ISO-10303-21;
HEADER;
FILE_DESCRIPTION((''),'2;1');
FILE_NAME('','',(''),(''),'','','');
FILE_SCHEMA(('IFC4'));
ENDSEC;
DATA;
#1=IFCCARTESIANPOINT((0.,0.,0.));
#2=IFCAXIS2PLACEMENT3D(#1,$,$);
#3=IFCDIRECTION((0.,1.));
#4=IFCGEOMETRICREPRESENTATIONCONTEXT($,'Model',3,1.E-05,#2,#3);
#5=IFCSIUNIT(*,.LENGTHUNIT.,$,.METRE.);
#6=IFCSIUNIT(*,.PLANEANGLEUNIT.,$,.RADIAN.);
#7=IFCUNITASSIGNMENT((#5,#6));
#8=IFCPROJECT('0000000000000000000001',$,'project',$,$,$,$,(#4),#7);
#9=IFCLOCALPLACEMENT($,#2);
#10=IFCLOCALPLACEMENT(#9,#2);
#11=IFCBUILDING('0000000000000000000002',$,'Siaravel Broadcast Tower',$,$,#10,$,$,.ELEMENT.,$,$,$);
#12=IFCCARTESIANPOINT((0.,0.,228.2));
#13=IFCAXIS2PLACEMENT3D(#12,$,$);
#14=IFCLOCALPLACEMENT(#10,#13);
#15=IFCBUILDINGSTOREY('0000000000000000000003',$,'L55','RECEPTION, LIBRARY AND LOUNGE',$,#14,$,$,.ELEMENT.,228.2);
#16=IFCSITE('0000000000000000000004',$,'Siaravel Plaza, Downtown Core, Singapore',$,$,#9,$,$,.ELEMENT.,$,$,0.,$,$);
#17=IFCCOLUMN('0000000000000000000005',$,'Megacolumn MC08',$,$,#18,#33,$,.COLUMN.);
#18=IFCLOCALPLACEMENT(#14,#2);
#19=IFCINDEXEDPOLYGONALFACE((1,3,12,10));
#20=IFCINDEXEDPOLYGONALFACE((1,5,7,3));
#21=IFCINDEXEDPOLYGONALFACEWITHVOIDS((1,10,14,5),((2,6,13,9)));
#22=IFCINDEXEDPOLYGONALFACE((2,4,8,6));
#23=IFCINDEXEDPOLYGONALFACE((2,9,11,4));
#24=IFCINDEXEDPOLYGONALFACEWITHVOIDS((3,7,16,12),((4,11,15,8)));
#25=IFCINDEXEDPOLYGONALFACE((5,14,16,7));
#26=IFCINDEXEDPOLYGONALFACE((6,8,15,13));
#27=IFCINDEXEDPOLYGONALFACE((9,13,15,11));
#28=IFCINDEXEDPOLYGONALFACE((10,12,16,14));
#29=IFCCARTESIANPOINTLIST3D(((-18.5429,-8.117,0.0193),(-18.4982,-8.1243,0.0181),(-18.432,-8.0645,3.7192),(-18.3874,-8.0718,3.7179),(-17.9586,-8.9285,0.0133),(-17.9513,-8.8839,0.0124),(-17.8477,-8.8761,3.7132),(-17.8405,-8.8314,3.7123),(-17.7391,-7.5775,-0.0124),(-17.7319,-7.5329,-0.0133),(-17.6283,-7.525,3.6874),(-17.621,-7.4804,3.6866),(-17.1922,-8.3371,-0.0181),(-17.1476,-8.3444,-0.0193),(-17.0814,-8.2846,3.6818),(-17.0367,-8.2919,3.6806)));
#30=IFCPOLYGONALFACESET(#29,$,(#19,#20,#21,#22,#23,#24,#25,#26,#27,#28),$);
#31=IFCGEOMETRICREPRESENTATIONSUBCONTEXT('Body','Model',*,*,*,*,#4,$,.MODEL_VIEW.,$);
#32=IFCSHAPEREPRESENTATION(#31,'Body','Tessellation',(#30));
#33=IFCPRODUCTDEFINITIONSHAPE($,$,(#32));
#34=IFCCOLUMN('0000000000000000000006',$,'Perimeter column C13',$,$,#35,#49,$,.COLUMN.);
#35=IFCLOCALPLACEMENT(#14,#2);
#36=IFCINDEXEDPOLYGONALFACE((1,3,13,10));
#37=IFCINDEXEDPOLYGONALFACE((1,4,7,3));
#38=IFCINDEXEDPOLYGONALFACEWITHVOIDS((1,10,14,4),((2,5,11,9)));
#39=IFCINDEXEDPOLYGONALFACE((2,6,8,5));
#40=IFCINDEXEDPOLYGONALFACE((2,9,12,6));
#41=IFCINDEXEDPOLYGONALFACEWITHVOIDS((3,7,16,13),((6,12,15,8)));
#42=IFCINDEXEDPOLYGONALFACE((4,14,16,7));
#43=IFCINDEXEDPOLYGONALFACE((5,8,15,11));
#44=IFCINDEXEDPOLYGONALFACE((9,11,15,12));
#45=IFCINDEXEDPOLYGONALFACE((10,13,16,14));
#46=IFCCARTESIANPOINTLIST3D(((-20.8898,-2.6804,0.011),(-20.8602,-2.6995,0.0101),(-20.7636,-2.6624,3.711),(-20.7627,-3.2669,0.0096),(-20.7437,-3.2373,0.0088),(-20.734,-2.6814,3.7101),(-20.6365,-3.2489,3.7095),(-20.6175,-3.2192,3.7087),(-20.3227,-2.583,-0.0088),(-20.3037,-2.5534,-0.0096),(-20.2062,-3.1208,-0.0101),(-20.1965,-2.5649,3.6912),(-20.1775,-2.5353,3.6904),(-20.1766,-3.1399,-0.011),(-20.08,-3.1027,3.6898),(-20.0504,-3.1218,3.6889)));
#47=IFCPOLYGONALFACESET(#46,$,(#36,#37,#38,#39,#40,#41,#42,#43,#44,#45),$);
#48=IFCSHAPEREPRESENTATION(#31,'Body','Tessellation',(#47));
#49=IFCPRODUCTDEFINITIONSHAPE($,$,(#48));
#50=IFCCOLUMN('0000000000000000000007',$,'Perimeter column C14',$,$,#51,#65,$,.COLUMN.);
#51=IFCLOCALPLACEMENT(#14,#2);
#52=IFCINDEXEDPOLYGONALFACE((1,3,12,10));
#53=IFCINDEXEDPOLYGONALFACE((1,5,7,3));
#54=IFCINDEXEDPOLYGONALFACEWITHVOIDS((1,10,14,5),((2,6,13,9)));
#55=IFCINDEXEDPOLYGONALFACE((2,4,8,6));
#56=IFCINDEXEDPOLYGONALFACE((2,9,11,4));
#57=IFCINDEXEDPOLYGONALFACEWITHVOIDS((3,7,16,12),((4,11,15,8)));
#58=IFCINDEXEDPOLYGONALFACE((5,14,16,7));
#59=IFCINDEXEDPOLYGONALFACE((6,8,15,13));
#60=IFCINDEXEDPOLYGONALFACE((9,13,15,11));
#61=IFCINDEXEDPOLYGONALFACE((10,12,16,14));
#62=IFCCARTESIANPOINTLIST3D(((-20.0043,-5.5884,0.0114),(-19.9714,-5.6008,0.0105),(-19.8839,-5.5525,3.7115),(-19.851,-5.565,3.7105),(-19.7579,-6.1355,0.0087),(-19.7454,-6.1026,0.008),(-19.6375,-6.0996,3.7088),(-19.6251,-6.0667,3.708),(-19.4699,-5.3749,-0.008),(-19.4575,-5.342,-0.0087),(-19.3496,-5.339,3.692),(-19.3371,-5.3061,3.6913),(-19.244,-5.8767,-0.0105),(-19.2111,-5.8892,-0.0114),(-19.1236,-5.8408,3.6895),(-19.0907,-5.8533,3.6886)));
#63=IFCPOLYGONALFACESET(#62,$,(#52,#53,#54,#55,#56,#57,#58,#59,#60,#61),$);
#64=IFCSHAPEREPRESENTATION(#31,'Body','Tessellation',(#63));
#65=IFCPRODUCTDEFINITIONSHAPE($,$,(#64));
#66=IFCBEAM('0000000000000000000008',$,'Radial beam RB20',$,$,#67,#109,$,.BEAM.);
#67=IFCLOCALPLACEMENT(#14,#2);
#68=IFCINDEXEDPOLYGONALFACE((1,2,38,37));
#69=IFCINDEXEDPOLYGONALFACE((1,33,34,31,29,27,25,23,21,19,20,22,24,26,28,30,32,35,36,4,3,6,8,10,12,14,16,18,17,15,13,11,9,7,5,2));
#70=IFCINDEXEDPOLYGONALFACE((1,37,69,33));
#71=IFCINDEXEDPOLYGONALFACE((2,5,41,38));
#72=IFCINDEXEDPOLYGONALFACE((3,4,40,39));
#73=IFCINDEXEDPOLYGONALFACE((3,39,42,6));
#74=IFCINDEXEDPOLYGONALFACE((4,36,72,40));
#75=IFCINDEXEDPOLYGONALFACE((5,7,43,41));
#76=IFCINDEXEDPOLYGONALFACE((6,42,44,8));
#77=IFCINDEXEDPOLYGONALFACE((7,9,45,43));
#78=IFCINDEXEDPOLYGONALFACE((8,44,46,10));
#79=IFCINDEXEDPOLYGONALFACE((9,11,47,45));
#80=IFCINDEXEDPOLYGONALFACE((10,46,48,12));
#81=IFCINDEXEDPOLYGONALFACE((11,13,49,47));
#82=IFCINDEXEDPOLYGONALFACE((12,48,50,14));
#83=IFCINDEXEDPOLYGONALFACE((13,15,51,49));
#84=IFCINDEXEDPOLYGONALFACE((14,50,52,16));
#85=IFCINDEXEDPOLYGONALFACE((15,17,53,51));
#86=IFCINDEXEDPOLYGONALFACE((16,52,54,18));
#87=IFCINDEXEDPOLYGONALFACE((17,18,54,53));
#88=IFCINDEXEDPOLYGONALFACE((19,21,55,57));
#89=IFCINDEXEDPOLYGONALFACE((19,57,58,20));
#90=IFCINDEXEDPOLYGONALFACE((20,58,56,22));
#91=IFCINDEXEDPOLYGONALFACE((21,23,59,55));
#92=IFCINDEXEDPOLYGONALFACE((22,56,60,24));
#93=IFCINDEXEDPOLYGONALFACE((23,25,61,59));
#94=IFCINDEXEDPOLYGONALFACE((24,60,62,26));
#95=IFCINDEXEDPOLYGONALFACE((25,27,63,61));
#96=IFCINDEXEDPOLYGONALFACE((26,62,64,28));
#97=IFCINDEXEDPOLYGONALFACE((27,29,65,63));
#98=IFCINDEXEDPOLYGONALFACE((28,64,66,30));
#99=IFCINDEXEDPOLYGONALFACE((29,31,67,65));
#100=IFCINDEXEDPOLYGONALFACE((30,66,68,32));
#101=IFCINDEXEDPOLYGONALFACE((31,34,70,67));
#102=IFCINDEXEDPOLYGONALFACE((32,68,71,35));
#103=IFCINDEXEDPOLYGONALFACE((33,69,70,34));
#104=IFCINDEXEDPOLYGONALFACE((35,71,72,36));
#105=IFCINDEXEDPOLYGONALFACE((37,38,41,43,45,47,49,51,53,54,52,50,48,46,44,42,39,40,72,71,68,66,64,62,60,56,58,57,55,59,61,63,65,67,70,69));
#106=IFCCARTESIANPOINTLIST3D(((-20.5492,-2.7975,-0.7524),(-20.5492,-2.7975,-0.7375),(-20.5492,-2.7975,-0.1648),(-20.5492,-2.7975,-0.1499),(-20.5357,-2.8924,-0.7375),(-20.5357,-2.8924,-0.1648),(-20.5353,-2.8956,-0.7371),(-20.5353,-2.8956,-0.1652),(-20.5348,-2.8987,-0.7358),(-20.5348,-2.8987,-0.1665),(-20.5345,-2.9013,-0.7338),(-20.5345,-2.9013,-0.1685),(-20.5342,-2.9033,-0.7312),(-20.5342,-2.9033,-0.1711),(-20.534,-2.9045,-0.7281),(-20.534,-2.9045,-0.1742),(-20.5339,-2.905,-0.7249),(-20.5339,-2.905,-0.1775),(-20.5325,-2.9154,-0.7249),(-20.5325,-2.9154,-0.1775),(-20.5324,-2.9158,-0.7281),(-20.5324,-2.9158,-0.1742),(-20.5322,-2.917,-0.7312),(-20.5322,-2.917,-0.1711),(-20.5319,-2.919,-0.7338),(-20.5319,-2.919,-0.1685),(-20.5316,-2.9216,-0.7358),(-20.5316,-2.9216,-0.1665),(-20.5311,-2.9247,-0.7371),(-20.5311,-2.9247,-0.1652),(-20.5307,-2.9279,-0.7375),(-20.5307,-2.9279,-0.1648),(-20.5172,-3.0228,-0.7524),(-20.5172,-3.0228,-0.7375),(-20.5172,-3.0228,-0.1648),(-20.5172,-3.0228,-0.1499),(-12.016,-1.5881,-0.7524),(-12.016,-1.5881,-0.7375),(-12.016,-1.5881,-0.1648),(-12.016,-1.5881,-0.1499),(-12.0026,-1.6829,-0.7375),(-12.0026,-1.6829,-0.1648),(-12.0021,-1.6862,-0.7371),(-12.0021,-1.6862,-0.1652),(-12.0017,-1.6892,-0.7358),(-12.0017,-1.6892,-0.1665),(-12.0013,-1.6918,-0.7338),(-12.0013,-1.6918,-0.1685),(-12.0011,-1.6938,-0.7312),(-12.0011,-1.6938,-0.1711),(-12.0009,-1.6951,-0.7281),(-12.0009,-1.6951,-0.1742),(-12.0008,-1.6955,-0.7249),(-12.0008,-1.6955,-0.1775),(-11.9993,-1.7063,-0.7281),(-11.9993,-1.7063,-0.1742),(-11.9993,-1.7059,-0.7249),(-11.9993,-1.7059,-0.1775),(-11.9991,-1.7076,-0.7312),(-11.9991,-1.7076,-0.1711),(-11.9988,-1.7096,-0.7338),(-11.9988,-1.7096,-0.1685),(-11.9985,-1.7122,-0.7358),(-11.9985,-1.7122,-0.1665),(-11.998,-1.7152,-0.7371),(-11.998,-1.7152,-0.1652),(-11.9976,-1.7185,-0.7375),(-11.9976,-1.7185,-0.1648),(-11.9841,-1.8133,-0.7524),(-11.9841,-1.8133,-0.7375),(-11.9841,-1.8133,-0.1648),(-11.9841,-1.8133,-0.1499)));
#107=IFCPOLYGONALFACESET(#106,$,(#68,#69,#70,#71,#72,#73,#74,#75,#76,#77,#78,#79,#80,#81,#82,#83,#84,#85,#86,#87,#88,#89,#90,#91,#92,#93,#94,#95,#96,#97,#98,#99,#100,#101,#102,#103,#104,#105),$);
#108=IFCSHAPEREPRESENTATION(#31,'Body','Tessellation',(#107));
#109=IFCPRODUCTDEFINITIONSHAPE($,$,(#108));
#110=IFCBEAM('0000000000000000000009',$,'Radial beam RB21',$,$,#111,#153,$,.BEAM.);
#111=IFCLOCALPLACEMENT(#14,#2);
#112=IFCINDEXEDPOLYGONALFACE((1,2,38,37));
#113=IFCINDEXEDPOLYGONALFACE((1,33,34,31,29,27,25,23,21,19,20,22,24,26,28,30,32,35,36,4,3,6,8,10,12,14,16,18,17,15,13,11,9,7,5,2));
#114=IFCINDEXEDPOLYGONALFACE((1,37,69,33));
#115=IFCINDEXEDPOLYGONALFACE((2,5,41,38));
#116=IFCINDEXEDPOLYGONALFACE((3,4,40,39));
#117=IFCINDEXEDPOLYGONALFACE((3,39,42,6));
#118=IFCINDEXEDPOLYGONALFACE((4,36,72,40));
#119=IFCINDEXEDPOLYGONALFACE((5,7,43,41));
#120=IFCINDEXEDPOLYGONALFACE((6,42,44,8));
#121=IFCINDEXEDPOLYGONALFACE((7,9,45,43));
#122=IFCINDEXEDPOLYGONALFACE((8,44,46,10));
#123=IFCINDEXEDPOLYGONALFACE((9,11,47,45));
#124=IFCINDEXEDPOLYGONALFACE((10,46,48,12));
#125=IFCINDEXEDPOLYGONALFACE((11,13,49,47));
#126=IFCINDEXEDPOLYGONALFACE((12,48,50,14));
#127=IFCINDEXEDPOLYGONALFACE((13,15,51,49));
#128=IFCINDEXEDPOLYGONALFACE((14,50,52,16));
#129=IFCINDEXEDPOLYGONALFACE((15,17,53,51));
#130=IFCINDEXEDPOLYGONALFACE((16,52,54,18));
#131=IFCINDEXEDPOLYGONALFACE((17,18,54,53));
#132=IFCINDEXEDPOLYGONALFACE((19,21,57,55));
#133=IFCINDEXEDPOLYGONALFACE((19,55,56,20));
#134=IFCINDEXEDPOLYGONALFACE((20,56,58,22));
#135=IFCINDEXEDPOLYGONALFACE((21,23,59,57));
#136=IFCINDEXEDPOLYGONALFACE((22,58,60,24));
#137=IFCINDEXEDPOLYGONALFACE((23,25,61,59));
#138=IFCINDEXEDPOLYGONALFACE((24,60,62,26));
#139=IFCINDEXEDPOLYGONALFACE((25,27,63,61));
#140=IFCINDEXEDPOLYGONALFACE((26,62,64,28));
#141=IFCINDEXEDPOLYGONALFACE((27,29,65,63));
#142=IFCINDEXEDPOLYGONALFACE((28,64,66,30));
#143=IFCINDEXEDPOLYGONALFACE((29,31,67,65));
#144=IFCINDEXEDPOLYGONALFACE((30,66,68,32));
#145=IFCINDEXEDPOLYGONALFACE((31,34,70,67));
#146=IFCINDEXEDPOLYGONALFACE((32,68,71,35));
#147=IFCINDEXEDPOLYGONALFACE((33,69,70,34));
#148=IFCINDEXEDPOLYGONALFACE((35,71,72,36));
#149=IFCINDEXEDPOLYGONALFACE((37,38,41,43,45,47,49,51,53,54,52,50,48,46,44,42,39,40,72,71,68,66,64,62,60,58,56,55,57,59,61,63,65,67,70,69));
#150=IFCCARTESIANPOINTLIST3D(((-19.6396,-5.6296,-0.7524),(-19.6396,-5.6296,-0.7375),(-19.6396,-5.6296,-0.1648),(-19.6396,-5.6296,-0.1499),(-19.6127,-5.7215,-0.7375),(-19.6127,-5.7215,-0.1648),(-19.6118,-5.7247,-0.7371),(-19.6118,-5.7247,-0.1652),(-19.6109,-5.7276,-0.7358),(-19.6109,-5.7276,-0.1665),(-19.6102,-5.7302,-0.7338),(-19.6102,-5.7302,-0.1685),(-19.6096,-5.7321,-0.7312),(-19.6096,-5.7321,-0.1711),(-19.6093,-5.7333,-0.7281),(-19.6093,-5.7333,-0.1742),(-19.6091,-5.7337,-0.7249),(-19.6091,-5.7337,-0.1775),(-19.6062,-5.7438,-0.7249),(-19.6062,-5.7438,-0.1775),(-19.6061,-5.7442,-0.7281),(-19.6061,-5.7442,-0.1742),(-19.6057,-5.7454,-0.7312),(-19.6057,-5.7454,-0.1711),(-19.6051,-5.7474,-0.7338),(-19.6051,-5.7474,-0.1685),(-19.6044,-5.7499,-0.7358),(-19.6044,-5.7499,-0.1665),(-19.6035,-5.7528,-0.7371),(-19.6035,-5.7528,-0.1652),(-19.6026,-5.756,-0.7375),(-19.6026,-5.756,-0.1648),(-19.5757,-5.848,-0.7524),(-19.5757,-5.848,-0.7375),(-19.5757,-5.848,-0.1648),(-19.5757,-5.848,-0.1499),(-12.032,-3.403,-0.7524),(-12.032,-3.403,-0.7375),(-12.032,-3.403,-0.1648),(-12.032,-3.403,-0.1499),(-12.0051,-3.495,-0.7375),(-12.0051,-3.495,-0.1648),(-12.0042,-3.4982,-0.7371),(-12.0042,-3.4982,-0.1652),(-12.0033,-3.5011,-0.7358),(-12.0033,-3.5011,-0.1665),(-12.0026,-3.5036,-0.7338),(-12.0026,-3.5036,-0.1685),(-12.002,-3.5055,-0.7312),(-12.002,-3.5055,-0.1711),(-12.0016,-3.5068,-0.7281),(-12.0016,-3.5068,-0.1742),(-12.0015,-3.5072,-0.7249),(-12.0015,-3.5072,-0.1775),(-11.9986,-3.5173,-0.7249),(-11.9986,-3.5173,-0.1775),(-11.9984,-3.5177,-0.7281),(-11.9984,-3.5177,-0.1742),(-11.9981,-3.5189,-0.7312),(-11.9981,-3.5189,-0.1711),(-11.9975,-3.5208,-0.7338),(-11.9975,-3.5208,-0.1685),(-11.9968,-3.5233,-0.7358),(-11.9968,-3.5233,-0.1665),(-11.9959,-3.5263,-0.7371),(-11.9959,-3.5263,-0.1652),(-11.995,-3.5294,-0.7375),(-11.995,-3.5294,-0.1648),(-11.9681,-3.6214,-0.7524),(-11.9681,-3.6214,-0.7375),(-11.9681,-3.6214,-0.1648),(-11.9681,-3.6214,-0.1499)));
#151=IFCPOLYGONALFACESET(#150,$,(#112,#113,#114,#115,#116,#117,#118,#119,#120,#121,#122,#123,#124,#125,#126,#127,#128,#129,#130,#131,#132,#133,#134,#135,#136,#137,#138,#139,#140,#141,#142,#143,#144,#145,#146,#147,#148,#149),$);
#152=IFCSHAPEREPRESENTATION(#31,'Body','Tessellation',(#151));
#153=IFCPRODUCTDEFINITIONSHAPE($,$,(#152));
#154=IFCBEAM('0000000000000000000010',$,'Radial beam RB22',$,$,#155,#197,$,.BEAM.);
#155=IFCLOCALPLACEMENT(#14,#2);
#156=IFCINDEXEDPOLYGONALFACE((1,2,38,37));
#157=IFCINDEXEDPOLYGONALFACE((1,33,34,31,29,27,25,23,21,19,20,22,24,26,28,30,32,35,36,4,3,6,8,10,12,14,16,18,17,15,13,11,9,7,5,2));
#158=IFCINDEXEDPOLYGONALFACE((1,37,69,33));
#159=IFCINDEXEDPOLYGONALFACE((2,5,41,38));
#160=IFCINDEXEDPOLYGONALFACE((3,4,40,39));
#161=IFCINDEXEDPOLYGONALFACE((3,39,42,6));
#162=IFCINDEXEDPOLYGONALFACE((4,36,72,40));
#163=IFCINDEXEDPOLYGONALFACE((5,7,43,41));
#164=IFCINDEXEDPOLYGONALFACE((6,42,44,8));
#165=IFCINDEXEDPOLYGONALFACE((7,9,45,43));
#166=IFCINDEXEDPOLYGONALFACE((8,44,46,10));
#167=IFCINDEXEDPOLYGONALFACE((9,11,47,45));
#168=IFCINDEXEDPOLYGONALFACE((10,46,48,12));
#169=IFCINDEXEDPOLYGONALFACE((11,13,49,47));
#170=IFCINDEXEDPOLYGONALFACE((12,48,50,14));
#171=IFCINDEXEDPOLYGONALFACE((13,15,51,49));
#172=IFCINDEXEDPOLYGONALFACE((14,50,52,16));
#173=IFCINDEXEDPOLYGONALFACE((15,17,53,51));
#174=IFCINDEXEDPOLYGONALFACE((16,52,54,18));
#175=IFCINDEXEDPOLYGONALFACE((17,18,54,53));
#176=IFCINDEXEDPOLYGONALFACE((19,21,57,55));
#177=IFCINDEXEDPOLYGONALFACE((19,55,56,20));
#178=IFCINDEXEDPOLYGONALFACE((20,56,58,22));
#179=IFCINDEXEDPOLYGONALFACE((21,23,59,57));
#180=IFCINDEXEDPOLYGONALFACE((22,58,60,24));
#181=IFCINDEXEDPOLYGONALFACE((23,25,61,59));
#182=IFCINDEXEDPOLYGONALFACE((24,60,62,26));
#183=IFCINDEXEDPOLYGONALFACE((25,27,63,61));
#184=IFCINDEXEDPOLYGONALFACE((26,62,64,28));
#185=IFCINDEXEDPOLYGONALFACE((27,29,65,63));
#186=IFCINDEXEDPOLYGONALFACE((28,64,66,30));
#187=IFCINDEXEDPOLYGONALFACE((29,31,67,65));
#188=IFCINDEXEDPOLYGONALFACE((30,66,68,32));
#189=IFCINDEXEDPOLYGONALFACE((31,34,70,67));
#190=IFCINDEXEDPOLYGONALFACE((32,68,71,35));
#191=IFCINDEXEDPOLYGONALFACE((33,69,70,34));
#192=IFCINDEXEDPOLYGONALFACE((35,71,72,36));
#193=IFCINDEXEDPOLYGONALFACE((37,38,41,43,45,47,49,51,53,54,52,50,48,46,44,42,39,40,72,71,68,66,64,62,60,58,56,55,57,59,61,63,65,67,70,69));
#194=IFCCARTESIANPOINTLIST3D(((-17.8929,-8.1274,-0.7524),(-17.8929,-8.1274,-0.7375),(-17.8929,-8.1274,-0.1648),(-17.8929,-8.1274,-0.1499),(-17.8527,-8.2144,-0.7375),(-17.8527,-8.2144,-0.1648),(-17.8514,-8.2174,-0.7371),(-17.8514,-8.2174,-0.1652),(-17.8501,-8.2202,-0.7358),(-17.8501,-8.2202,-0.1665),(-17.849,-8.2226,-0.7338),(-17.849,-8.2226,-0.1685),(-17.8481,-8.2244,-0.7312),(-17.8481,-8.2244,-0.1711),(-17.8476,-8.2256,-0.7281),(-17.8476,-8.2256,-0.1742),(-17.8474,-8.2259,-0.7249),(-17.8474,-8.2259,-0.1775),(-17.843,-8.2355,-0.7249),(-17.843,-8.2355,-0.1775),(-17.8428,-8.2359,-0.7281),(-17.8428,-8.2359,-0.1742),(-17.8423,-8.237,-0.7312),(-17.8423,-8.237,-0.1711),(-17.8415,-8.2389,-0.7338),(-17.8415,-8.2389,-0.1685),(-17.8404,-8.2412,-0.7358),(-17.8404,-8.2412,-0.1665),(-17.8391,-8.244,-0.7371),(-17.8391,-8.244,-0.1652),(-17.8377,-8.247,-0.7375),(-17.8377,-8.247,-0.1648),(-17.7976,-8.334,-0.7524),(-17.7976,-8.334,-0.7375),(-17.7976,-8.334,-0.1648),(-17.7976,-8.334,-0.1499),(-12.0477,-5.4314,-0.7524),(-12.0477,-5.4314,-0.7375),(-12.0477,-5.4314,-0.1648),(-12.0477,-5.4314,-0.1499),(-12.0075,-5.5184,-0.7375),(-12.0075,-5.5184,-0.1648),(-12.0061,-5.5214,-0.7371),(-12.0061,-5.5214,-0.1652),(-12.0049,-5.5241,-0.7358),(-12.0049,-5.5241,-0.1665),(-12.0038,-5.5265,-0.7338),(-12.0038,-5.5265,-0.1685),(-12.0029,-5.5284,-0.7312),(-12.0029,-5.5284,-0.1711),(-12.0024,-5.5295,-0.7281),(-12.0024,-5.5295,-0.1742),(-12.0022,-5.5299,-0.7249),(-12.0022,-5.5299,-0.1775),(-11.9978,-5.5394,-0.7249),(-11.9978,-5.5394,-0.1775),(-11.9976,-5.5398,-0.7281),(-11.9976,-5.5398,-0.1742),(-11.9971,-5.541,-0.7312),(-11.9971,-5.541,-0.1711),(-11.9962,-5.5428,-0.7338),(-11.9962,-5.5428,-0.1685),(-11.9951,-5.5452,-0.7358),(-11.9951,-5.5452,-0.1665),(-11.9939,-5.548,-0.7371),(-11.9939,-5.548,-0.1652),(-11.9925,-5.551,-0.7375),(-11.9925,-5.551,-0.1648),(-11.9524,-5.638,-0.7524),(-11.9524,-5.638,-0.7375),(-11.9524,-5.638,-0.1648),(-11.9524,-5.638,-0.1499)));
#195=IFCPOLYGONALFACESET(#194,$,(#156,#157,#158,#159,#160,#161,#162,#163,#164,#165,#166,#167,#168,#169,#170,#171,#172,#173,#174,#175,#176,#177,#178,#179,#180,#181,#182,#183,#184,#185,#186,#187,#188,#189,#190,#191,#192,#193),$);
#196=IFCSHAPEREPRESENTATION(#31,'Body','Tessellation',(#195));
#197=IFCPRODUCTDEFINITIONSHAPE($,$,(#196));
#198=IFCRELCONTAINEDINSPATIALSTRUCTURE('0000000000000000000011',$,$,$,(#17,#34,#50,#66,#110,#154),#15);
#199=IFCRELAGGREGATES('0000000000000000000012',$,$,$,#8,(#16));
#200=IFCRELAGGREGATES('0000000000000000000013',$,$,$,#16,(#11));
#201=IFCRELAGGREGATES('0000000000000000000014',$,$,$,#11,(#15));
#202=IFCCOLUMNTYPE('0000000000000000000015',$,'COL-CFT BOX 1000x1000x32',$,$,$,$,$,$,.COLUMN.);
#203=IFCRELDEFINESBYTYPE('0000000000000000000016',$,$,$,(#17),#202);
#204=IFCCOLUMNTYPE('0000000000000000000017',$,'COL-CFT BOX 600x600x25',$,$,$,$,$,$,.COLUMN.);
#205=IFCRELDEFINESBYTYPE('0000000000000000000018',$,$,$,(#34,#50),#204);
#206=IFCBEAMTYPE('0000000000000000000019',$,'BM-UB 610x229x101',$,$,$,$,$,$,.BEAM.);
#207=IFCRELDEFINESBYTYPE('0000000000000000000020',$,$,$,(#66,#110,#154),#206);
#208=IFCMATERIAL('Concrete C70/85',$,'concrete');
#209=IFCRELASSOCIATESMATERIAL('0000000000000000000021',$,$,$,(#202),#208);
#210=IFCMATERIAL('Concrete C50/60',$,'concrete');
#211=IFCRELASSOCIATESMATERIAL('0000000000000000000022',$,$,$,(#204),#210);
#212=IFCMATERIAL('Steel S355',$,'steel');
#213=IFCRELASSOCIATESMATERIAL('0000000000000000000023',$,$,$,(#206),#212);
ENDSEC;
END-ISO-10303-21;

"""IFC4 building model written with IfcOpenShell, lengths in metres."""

from ifc_helpers import new_model, si_unit, direction, frame, origin, origin_2d, place, context, subcontext, project, spatial, hollow_rectangle, i_section, extrude, material, material_profile, profile_set, type_object, element, save


model = new_model("IFC4")

# Units and contexts
model_context = context("Model", 3, precision=1e-05, world=origin(), true_north=direction((0.0, 1.0)))
body_context = subcontext(model_context, "Body", "Model", "MODEL_VIEW")
ifc_project = project(units=[si_unit("LENGTHUNIT", "METRE"), si_unit("PLANEANGLEUNIT", "RADIAN")], contexts=[model_context])

# Site, building, storey
site_placement = place(None, origin())
site = spatial("IfcSite", under=ifc_project, at=site_placement, Name="Siaravel Plaza, Downtown Core, Singapore", CompositionType="ELEMENT", RefElevation=0.0)
building_placement = place(site_placement, origin())
building = spatial("IfcBuilding", under=site, at=building_placement, Name="Siaravel Broadcast Tower", CompositionType="ELEMENT")
storey_placement = place(building_placement, frame((0.0, 0.0, 228.2)))
storey = spatial("IfcBuildingStorey", under=building, at=storey_placement, Name="L55", Description="RECEPTION, LIBRARY AND LOUNGE", CompositionType="ELEMENT", Elevation=228.2)

# Columns
ifc_material_1 = material(Name="Concrete C70/85", Category="concrete")
ifc_material_profile_1 = material_profile(ifc_material_1, hollow_rectangle(XDim=1.0, YDim=1.0, WallThickness=0.032, at=origin_2d()))
ifc_profile_set_1 = profile_set([ifc_material_profile_1], Name="Concrete C70/85")
column_type_1 = type_object("IfcColumnType", Name="COL-CFT BOX 1000x1000x32", PredefinedType="COLUMN", material=ifc_profile_set_1)
column_placement = place(storey_placement, frame((-17.8452, -8.2307, 0.0), z_axis=(0.029941, 0.014179, 0.999451), x_axis=(-0.584284, 0.811527, 0.005991)))
element("IfcColumn", 1, at=column_placement, inside=storey, type_object=column_type_1, Name="Megacolumn MC08", PredefinedType="COLUMN", context=body_context, shape_type="SweptSolid", body=[
    extrude(hollow_rectangle(XDim=1.0, YDim=1.0, WallThickness=0.032, at=origin_2d()), origin(), (0.0, 0.0, 1.0), 3.7019),
])
ifc_material_2 = material(Name="Concrete C50/60", Category="concrete")
ifc_material_profile_2 = material_profile(ifc_material_2, hollow_rectangle(XDim=0.6001, YDim=0.6001, WallThickness=0.0249, at=origin_2d()))
ifc_profile_set_2 = profile_set([ifc_material_profile_2], Name="Concrete C50/60")
column_type_2 = type_object("IfcColumnType", Name="COL-CFT BOX 600x600x25", PredefinedType="COLUMN", material=ifc_profile_set_2)
for number, where, z_axis, x_axis, name in (
    (2, (-20.5332, -2.9102, 0.0), (0.034094, 0.00488, 0.999407), (-0.211754, 0.97732, 0.002452), "Perimeter column C13"),
    (3, (-19.6077, -5.7388, 0.0), (0.032512, 0.009694, 0.999424), (-0.410601, 0.911804, 0.004513), "Perimeter column C14"),
):
    element("IfcColumn", number, at=place(storey_placement, frame(where, z_axis=z_axis, x_axis=x_axis)), inside=storey, type_object=column_type_2, Name=name, PredefinedType="COLUMN", context=body_context, shape_type="SweptSolid", body=[
        extrude(hollow_rectangle(XDim=0.6001, YDim=0.6001, WallThickness=0.0249, at=origin_2d()), origin(), (0.0, 0.0, 1.0), 3.7021),
    ])

# Beams
ifc_material_3 = material(Name="Steel S355", Category="steel")
ifc_material_profile_3 = material_profile(ifc_material_3, i_section(OverallWidth=0.2275, OverallDepth=0.6025, WebThickness=0.0105, FlangeThickness=0.0149, FilletRadius=0.0127, at=origin_2d()))
ifc_profile_set_3 = profile_set([ifc_material_profile_3], Name="Steel S355")
beam_type = type_object("IfcBeamType", Name="BM-UB 610x229x101", PredefinedType="BEAM", material=ifc_profile_set_3)
beam_1_placement = place(storey_placement, frame((-20.5332, -2.9102, -0.4512), z_axis=(0.990104, 0.140335, 0.0), x_axis=(-0.140335, 0.990104, 0.0)))
element("IfcBeam", 4, at=beam_1_placement, inside=storey, type_object=beam_type, Name="Radial beam RB20", PredefinedType="BEAM", context=body_context, shape_type="SweptSolid", body=[
    extrude(i_section(OverallWidth=0.2275, OverallDepth=0.6025, WebThickness=0.0105, FlangeThickness=0.0149, FilletRadius=0.0127, at=origin_2d()), origin(), (0.0, 0.0, 1.0), 8.6184),
])
beam_2_placement = place(storey_placement, frame((-19.6077, -5.7388, -0.4512), z_axis=(0.95974, 0.28089, 0.0), x_axis=(-0.28089, 0.95974, 0.0)))
element("IfcBeam", 5, at=beam_2_placement, inside=storey, type_object=beam_type, Name="Radial beam RB21", PredefinedType="BEAM", context=body_context, shape_type="SweptSolid", body=[
    extrude(i_section(OverallWidth=0.2275, OverallDepth=0.6025, WebThickness=0.0105, FlangeThickness=0.0149, FilletRadius=0.0127, at=origin_2d()), origin(), (0.0, 0.0, 1.0), 7.9268),
])
beam_3_placement = place(storey_placement, frame((-17.8452, -8.2307, -0.4512), z_axis=(0.908063, 0.418834, 0.0), x_axis=(-0.418834, 0.908063, 0.0)))
element("IfcBeam", 6, at=beam_3_placement, inside=storey, type_object=beam_type, Name="Radial beam RB22", PredefinedType="BEAM", context=body_context, shape_type="SweptSolid", body=[
    extrude(i_section(OverallWidth=0.2275, OverallDepth=0.6025, WebThickness=0.0105, FlangeThickness=0.0149, FilletRadius=0.0127, at=origin_2d()), origin(), (0.0, 0.0, 1.0), 6.437),
])

save(model, "model.ifc")
